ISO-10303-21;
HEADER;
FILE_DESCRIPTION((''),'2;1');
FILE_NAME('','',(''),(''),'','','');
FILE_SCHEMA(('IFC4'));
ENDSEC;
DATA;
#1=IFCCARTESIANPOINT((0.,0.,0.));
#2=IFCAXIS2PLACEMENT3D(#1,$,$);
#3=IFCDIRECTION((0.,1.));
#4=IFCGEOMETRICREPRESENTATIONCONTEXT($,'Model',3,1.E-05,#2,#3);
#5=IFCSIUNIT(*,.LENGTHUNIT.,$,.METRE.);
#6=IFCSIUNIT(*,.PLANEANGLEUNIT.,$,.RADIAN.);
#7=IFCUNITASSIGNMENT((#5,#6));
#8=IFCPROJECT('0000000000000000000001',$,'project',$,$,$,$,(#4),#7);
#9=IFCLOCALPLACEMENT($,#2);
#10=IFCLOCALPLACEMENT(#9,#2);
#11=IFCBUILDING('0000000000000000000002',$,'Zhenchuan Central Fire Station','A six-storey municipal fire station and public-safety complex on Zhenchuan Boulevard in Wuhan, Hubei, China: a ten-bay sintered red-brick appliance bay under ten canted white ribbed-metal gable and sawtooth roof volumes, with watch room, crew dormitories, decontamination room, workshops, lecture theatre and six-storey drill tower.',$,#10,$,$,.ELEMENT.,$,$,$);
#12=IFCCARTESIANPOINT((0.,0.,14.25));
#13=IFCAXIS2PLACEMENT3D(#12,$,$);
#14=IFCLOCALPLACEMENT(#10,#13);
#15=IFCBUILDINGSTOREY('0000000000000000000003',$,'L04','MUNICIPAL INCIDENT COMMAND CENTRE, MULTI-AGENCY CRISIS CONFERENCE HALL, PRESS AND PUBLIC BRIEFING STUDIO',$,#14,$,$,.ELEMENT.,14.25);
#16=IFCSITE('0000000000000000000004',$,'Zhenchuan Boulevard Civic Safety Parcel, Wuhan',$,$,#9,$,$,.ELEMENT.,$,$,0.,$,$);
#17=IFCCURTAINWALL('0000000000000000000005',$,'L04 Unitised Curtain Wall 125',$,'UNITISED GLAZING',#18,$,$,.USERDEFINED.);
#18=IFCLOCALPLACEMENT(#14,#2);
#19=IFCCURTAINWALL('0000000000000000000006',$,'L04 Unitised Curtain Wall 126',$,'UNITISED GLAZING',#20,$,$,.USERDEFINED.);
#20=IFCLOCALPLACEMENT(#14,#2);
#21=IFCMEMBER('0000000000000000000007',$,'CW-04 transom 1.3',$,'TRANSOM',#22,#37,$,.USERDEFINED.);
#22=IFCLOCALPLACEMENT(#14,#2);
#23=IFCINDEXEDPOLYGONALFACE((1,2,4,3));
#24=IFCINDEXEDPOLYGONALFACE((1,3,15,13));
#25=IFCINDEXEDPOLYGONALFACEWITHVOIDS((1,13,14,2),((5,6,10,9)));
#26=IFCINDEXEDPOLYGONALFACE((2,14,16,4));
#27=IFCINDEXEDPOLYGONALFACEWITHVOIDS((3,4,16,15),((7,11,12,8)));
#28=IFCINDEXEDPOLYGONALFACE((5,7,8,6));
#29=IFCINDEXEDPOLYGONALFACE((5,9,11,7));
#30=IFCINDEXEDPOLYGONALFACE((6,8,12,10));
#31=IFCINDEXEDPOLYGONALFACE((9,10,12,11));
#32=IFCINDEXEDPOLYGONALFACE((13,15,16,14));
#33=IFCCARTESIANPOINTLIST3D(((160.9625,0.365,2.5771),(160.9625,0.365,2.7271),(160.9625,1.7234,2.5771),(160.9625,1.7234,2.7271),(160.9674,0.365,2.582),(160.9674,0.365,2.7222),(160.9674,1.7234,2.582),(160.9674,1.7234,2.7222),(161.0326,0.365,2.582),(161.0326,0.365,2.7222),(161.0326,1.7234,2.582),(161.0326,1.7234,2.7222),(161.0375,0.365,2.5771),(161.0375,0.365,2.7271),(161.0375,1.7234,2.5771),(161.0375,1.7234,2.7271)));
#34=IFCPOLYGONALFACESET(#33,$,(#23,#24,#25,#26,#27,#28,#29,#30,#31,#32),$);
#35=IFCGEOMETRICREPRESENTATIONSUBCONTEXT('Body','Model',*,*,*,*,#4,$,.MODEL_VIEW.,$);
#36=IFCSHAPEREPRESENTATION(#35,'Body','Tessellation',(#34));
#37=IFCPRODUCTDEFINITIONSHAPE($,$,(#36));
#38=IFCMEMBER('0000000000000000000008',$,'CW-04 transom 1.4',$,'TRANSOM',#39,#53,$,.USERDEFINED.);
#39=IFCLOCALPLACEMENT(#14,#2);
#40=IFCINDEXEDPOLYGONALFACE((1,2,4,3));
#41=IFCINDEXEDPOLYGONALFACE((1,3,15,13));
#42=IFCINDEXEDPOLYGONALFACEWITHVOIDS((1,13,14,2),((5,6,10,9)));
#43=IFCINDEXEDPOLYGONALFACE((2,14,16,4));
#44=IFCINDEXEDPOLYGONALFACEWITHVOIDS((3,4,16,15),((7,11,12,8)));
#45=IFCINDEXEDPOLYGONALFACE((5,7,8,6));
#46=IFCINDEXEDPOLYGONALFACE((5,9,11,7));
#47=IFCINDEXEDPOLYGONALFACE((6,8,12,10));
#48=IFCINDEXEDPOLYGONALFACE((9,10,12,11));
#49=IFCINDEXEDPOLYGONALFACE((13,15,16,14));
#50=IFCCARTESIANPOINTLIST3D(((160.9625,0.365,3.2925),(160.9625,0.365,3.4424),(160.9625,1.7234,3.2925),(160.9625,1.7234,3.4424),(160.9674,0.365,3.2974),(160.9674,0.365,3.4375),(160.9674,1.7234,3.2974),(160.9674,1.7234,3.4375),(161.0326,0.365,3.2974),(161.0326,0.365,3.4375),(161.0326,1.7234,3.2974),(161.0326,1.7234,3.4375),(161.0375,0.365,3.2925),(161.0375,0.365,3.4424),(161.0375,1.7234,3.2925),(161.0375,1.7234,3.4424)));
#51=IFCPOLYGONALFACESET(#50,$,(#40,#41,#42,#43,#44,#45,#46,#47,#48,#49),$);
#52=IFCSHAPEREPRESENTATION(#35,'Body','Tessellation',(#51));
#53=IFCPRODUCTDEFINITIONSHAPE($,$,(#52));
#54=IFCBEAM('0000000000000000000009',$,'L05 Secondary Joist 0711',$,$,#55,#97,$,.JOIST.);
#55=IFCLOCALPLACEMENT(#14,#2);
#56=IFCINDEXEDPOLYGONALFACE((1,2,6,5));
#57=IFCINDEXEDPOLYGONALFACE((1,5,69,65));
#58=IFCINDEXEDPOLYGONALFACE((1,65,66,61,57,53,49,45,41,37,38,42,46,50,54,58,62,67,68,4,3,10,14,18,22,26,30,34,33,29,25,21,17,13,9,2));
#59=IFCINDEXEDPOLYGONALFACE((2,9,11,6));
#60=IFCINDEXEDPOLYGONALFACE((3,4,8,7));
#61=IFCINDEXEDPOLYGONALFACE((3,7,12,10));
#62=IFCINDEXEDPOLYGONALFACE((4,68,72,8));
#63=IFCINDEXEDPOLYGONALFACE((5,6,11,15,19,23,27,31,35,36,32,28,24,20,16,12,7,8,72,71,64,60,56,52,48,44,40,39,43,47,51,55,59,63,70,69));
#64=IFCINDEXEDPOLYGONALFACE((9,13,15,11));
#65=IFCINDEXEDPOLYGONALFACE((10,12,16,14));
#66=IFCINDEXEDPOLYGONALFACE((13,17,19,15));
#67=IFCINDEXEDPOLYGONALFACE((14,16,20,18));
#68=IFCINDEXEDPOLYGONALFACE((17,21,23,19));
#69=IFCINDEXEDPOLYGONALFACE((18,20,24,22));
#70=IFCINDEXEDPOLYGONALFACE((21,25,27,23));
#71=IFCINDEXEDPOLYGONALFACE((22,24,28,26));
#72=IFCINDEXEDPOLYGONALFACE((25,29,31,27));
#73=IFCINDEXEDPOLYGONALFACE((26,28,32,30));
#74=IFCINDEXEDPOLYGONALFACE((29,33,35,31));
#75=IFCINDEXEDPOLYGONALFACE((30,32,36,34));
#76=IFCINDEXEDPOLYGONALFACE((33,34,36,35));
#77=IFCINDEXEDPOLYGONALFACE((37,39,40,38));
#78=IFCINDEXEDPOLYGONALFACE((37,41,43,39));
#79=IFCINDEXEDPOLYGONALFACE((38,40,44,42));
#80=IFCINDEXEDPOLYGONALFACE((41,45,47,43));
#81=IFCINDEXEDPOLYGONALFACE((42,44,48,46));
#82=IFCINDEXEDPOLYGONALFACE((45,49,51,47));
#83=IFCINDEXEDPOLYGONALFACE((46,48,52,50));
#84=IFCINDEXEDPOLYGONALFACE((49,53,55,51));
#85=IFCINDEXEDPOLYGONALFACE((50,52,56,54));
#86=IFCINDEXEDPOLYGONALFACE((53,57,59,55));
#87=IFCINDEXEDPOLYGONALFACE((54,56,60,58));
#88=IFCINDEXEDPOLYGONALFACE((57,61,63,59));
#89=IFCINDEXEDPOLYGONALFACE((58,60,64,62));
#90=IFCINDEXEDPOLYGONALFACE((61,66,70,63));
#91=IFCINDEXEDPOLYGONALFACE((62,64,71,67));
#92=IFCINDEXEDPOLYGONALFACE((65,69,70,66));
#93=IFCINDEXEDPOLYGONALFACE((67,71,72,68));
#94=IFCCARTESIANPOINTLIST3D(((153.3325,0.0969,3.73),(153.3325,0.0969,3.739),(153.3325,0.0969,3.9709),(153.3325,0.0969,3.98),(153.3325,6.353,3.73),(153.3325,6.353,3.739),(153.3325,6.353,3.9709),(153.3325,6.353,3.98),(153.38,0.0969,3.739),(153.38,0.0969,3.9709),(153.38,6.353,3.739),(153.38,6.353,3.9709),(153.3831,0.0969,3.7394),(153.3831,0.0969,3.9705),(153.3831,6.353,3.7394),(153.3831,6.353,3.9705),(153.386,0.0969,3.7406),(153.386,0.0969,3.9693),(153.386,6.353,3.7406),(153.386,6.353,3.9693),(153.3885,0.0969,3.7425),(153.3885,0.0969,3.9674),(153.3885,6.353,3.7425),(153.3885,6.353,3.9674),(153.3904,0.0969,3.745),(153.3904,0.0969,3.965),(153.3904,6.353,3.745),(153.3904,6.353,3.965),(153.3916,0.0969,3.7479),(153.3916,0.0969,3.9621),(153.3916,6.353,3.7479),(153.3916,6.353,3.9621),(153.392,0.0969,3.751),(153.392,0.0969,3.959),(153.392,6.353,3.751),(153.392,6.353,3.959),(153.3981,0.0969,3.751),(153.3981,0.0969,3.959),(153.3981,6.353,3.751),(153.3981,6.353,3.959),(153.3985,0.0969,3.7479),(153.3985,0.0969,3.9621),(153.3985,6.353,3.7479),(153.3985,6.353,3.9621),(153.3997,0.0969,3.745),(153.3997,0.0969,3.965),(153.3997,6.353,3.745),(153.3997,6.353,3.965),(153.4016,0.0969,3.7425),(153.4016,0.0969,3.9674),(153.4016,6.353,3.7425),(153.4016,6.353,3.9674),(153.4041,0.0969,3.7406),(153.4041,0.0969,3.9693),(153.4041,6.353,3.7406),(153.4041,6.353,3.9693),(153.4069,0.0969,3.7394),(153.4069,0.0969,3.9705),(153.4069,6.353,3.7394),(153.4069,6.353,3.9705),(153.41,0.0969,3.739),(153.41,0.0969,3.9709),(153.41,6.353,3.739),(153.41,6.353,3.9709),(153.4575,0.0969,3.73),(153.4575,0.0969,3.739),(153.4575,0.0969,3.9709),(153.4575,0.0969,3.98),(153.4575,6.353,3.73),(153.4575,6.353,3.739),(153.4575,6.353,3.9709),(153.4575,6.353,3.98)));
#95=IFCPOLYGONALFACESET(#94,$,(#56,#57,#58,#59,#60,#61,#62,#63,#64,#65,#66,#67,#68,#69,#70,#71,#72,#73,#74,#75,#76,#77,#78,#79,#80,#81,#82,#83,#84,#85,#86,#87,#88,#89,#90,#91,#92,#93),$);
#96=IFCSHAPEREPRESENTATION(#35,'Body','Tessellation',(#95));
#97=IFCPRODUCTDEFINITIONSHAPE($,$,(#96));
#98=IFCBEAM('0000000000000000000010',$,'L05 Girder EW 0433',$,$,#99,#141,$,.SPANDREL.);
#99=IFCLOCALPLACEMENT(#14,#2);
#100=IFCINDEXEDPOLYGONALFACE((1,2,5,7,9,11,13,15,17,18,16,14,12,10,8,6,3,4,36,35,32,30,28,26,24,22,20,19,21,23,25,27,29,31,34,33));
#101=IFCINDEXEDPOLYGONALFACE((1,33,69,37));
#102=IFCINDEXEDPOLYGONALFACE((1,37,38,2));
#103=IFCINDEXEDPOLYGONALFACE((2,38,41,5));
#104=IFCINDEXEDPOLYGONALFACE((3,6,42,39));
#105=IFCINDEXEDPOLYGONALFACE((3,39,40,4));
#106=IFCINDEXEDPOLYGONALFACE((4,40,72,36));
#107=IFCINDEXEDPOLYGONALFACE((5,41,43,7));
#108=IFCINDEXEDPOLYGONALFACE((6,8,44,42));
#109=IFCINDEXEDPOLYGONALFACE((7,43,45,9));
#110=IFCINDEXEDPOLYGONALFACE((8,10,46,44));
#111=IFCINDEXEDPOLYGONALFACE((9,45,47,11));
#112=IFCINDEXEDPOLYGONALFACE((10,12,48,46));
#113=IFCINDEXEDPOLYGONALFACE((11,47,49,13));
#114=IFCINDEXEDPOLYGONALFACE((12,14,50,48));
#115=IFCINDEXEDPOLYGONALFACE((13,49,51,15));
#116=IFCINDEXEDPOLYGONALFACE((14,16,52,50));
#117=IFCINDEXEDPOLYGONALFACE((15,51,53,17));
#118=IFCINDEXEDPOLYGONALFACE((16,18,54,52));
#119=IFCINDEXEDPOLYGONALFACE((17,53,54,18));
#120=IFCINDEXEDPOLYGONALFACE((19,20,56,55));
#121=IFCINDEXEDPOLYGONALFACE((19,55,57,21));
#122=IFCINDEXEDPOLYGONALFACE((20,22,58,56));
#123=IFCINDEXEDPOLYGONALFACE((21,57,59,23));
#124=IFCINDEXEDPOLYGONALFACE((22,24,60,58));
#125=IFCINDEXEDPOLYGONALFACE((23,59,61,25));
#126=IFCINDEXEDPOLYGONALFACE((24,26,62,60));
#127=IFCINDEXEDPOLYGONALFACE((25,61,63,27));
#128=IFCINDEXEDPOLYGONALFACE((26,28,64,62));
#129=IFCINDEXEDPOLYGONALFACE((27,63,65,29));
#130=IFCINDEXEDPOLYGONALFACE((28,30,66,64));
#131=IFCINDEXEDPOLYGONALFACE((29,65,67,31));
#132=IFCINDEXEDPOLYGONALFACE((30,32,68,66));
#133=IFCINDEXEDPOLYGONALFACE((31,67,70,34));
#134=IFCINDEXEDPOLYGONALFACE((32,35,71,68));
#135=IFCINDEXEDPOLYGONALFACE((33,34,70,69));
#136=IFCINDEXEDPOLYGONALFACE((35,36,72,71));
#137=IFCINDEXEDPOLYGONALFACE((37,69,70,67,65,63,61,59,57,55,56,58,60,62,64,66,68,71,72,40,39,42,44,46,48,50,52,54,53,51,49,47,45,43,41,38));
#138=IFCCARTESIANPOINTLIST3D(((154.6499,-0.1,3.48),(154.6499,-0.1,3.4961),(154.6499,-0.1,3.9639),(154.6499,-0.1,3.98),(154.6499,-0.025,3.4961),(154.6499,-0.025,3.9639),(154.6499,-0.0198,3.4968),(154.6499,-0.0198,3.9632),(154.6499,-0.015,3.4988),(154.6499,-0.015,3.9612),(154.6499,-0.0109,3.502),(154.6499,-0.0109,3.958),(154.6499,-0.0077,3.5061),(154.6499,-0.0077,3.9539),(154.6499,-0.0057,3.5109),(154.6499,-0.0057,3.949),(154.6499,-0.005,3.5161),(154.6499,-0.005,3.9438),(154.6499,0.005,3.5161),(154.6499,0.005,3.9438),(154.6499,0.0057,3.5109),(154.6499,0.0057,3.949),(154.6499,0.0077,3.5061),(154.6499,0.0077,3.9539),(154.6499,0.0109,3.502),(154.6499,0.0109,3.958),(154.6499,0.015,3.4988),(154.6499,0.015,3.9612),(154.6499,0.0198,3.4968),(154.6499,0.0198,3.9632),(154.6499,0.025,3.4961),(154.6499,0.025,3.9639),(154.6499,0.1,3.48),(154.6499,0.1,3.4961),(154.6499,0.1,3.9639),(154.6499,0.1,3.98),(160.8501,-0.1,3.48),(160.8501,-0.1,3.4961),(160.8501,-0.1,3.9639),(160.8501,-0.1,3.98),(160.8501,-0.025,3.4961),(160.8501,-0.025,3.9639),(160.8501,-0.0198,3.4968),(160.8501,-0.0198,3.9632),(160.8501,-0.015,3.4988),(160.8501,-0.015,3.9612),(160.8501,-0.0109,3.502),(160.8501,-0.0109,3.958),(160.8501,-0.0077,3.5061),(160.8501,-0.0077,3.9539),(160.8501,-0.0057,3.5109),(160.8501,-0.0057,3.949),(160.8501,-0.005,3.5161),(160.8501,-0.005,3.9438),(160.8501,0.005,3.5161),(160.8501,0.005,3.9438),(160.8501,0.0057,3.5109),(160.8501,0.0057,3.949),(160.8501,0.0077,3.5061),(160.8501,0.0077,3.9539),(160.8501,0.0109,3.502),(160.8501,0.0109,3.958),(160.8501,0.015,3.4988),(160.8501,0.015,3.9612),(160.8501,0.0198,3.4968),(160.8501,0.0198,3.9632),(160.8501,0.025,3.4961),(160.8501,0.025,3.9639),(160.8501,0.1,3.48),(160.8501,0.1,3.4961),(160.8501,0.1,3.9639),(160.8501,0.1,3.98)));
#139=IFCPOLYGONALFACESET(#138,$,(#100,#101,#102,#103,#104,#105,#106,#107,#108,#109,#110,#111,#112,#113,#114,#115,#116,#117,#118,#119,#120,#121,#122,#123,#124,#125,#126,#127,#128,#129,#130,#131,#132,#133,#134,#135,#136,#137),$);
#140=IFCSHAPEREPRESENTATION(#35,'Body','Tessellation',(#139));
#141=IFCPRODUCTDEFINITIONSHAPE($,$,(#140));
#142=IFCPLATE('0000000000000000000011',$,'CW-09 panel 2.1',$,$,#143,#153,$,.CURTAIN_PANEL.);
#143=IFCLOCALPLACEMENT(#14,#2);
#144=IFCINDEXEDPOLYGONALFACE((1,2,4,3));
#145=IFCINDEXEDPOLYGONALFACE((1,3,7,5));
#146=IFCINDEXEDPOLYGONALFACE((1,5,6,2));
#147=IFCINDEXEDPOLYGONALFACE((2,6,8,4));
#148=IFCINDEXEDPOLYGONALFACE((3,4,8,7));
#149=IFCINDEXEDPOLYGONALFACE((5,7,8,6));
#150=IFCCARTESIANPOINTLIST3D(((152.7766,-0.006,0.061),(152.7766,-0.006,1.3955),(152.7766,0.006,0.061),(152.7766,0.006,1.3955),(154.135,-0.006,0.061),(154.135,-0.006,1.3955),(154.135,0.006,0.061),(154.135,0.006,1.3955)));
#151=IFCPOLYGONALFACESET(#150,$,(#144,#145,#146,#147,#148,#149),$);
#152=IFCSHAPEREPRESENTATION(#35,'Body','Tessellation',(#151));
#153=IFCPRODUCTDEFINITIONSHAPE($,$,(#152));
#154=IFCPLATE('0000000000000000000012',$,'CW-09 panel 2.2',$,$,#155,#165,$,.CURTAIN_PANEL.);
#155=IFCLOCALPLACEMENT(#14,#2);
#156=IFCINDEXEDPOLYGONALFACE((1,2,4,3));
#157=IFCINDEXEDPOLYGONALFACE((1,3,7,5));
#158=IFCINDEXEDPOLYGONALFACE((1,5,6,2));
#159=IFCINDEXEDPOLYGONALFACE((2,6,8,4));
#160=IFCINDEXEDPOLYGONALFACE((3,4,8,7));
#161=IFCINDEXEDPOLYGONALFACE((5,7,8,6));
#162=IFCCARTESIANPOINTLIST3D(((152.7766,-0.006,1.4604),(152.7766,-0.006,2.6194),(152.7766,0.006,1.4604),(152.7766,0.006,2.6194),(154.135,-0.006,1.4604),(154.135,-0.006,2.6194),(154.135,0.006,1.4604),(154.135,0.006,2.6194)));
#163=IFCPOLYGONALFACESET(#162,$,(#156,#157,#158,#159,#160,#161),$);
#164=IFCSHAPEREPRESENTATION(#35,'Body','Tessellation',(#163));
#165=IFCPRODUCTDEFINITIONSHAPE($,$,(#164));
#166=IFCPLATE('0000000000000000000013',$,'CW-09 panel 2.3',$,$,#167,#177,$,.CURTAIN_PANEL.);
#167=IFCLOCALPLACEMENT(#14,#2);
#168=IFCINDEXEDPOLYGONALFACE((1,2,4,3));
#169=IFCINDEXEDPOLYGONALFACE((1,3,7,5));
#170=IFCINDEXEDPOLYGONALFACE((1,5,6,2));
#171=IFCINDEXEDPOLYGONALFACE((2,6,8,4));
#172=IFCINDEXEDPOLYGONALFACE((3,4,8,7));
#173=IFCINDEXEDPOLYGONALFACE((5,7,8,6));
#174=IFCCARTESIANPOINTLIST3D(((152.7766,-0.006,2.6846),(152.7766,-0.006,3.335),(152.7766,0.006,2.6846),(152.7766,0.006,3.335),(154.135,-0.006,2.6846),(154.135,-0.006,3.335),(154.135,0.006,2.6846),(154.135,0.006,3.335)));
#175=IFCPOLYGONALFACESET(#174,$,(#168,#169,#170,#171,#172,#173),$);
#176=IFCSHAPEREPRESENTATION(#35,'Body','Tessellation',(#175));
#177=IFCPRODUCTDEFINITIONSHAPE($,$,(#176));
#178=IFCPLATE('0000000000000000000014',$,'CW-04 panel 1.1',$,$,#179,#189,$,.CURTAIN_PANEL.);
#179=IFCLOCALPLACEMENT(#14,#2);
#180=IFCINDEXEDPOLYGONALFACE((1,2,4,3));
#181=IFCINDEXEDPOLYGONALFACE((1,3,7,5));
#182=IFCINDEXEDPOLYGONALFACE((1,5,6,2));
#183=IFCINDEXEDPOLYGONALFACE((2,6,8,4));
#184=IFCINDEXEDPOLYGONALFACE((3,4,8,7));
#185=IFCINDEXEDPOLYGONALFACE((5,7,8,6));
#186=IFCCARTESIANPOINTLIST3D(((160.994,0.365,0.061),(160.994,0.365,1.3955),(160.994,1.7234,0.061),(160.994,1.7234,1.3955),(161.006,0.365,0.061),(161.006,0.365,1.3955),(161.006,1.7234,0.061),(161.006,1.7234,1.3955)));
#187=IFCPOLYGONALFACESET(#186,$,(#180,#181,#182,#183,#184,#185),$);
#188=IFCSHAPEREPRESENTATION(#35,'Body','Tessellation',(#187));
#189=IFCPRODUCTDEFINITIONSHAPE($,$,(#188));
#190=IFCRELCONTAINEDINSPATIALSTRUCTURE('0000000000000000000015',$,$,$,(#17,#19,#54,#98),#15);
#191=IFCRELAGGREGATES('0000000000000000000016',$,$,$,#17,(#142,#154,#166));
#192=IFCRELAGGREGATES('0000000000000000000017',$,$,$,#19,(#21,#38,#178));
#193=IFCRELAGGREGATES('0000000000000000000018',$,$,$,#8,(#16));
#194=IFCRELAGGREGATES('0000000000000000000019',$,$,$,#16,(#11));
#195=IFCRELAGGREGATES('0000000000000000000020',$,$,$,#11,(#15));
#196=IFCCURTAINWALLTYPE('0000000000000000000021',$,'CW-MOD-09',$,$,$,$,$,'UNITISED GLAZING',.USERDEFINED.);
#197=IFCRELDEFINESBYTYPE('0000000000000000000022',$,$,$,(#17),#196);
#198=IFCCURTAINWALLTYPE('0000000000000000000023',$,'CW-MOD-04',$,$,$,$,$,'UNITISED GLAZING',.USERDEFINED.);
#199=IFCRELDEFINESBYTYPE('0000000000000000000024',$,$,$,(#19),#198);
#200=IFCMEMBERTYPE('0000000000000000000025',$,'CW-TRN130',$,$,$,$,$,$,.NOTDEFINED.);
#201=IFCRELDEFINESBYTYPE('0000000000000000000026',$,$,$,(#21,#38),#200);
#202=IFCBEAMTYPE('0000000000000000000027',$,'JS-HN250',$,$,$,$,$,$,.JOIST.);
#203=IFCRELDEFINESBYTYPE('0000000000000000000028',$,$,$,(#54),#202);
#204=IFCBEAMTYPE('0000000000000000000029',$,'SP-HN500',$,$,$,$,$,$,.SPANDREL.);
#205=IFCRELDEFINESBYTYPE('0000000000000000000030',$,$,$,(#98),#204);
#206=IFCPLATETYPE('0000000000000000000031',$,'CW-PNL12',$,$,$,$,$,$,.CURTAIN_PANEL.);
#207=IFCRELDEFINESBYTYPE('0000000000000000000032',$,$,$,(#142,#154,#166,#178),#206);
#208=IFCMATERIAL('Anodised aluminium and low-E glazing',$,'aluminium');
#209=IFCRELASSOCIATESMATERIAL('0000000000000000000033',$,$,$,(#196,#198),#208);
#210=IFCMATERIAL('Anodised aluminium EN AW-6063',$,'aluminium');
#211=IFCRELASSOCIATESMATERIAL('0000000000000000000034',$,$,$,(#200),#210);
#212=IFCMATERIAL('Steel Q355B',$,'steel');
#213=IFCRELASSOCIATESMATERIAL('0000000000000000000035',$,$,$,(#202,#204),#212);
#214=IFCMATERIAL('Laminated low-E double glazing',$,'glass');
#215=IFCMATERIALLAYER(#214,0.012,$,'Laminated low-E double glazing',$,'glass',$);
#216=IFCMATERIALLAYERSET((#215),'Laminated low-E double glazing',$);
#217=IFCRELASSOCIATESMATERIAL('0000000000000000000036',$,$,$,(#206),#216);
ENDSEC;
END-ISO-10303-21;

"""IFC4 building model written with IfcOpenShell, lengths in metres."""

from ifc_helpers import new_model, si_unit, direction, frame, origin, origin_2d, place, context, subcontext, project, spatial, rectangle, hollow_rectangle, i_section, extrude, material, layer, layer_set, material_profile, profile_set, type_object, element, aggregate, save


model = new_model("IFC4")

# Units and contexts
model_context = context("Model", 3, precision=1e-05, world=origin(), true_north=direction((0.0, 1.0)))
body_context = subcontext(model_context, "Body", "Model", "MODEL_VIEW")
ifc_project = project(units=[si_unit("LENGTHUNIT", "METRE"), si_unit("PLANEANGLEUNIT", "RADIAN")], contexts=[model_context])

# Site, building, storey
site_placement = place(None, origin())
site = spatial("IfcSite", under=ifc_project, at=site_placement, Name="Zhenchuan Boulevard Civic Safety Parcel, Wuhan", CompositionType="ELEMENT", RefElevation=0.0)
building_placement = place(site_placement, origin())
building = spatial("IfcBuilding", under=site, at=building_placement, Name="Zhenchuan Central Fire Station", Description="A six-storey municipal fire station and public-safety complex on Zhenchuan Boulevard in Wuhan, Hubei, China: a ten-bay sintered red-brick appliance bay under ten canted white ribbed-metal gable and sawtooth roof volumes, with watch room, crew dormitories, decontamination room, workshops, lecture theatre and six-storey drill tower.", CompositionType="ELEMENT")
storey_placement = place(building_placement, frame((0.0, 0.0, 14.25)))
storey = spatial("IfcBuildingStorey", under=building, at=storey_placement, Name="L04", Description="MUNICIPAL INCIDENT COMMAND CENTRE, MULTI-AGENCY CRISIS CONFERENCE HALL, PRESS AND PUBLIC BRIEFING STUDIO", CompositionType="ELEMENT", Elevation=14.25)

# Shared definitions
ifc_material_1 = material(Name="Steel Q355B", Category="steel")

# Curtain wall
ifc_material_2 = material(Name="Anodised aluminium and low-E glazing", Category="aluminium")
curtain_wall_type_1 = type_object("IfcCurtainWallType", Name="CW-MOD-09", ElementType="UNITISED GLAZING", PredefinedType="USERDEFINED", material=ifc_material_2)
curtain_wall_1_placement = place(storey_placement, origin())
curtain_wall_1 = element("IfcCurtainWall", 1, at=curtain_wall_1_placement, inside=storey, type_object=curtain_wall_type_1, Name="L04 Unitised Curtain Wall 125", ObjectType="UNITISED GLAZING", PredefinedType="USERDEFINED")
ifc_material_3 = material(Name="Anodised aluminium EN AW-6063", Category="aluminium")

# Curtain wall
curtain_wall_type_2 = type_object("IfcCurtainWallType", Name="CW-MOD-04", ElementType="UNITISED GLAZING", PredefinedType="USERDEFINED", material=ifc_material_2)
curtain_wall_2_placement = place(storey_placement, origin())
curtain_wall_2 = element("IfcCurtainWall", 2, at=curtain_wall_2_placement, inside=storey, type_object=curtain_wall_type_2, Name="L04 Unitised Curtain Wall 126", ObjectType="UNITISED GLAZING", PredefinedType="USERDEFINED")

# Members
ifc_material_profile_1 = material_profile(ifc_material_3, hollow_rectangle(XDim=0.075, YDim=0.1499, WallThickness=0.0049, at=origin_2d()), Name="ALU-T 150x75")
ifc_profile_set_1 = profile_set([ifc_material_profile_1], Name="Anodised aluminium EN AW-6063")
member_type_1 = type_object("IfcMemberType", Name="CW-TRN130", PredefinedType="NOTDEFINED", material=ifc_profile_set_1)
member_1_placement = place(storey_placement, frame((161.0, 0.365, 2.6521), z_axis=(0.0, 1.0, 0.0), x_axis=(-1.0, 0.0, 0.0)))
member_1 = element("IfcMember", 3, at=member_1_placement, type_object=member_type_1, Name="CW-04 transom 1.3", ObjectType="TRANSOM", PredefinedType="USERDEFINED", context=body_context, shape_type="SweptSolid", body=[
    extrude(hollow_rectangle(XDim=0.075, YDim=0.1499, WallThickness=0.0049, at=origin_2d()), origin(), (0.0, 0.0, 1.0), 1.3584),
])
member_2_placement = place(storey_placement, frame((161.0, 0.365, 3.3674), z_axis=(0.0, 1.0, 0.0), x_axis=(-1.0, 0.0, 0.0)))
member_2 = element("IfcMember", 4, at=member_2_placement, type_object=member_type_1, Name="CW-04 transom 1.4", ObjectType="TRANSOM", PredefinedType="USERDEFINED", context=body_context, shape_type="SweptSolid", body=[
    extrude(hollow_rectangle(XDim=0.075, YDim=0.1499, WallThickness=0.0049, at=origin_2d()), origin(), (0.0, 0.0, 1.0), 1.3584),
])

# Beams
ifc_material_profile_2 = material_profile(ifc_material_1, i_section(OverallWidth=0.125, OverallDepth=0.25, WebThickness=0.0061, FlangeThickness=0.009, FilletRadius=0.012, at=origin_2d()), Name="HN 250x125")
ifc_profile_set_2 = profile_set([ifc_material_profile_2], Name="Steel Q355B")
beam_type_1 = type_object("IfcBeamType", Name="JS-HN250", PredefinedType="JOIST", material=ifc_profile_set_2)
beam_1_placement = place(storey_placement, frame((153.395, 0.0969, 3.855), z_axis=(0.0, 1.0, 0.0), x_axis=(-1.0, 0.0, 0.0)))
element("IfcBeam", 5, at=beam_1_placement, inside=storey, type_object=beam_type_1, Name="L05 Secondary Joist 0711", PredefinedType="JOIST", context=body_context, shape_type="SweptSolid", body=[
    extrude(i_section(OverallWidth=0.125, OverallDepth=0.25, WebThickness=0.0061, FlangeThickness=0.009, FilletRadius=0.012, at=origin_2d()), origin(), (0.0, 0.0, 1.0), 6.2561),
])
ifc_material_profile_3 = material_profile(ifc_material_1, i_section(OverallWidth=0.2, OverallDepth=0.5, WebThickness=0.01, FlangeThickness=0.0161, FilletRadius=0.02, at=origin_2d()), Name="HN 500x200")
ifc_profile_set_3 = profile_set([ifc_material_profile_3], Name="Steel Q355B")
beam_type_2 = type_object("IfcBeamType", Name="SP-HN500", PredefinedType="SPANDREL", material=ifc_profile_set_3)
beam_2_placement = place(storey_placement, frame((154.6499, 0.0, 3.73), z_axis=(1.0, 0.0, 0.0), x_axis=(0.0, 1.0, 0.0)))
element("IfcBeam", 6, at=beam_2_placement, inside=storey, type_object=beam_type_2, Name="L05 Girder EW 0433", PredefinedType="SPANDREL", context=body_context, shape_type="SweptSolid", body=[
    extrude(i_section(OverallWidth=0.2, OverallDepth=0.5, WebThickness=0.01, FlangeThickness=0.0161, FilletRadius=0.02, at=origin_2d()), origin(), (0.0, 0.0, 1.0), 6.2002),
])

# Plates
ifc_material_4 = material(Name="Laminated low-E double glazing", Category="glass")
ifc_layer_1 = layer(ifc_material_4, 0.012, Name="Laminated low-E double glazing", Category="glass")
ifc_layer_set_1 = layer_set([ifc_layer_1], Name="Laminated low-E double glazing")
plate_type = type_object("IfcPlateType", Name="CW-PNL12", PredefinedType="CURTAIN_PANEL", material=ifc_layer_set_1)
plate_1_placement = place(storey_placement, frame((153.4558, 0.0, 0.061), z_axis=(0.0, 0.0, 1.0), x_axis=(1.0, 0.0, 0.0)))
plate_1 = element("IfcPlate", 7, at=plate_1_placement, type_object=plate_type, Name="CW-09 panel 2.1", PredefinedType="CURTAIN_PANEL", context=body_context, shape_type="SweptSolid", body=[
    extrude(rectangle(XDim=1.3584, YDim=0.012, at=origin_2d()), origin(), (0.0, 0.0, 1.0), 1.3345),
])
plate_2_placement = place(storey_placement, frame((153.4558, 0.0, 1.4604), z_axis=(0.0, 0.0, 1.0), x_axis=(1.0, 0.0, 0.0)))
plate_2 = element("IfcPlate", 8, at=plate_2_placement, type_object=plate_type, Name="CW-09 panel 2.2", PredefinedType="CURTAIN_PANEL", context=body_context, shape_type="SweptSolid", body=[
    extrude(rectangle(XDim=1.3584, YDim=0.012, at=origin_2d()), origin(), (0.0, 0.0, 1.0), 1.1589),
])
plate_3_placement = place(storey_placement, frame((153.4558, 0.0, 2.6846), z_axis=(0.0, 0.0, 1.0), x_axis=(1.0, 0.0, 0.0)))
plate_3 = element("IfcPlate", 9, at=plate_3_placement, type_object=plate_type, Name="CW-09 panel 2.3", PredefinedType="CURTAIN_PANEL", context=body_context, shape_type="SweptSolid", body=[
    extrude(rectangle(XDim=1.3584, YDim=0.012, at=origin_2d()), origin(), (0.0, 0.0, 1.0), 0.6504),
])
aggregate(curtain_wall_1, [plate_1, plate_2, plate_3])
plate_4_placement = place(storey_placement, frame((161.0, 1.0442, 0.061), z_axis=(0.0, 0.0, 1.0), x_axis=(0.0, 1.0, 0.0)))
plate_4 = element("IfcPlate", 10, at=plate_4_placement, type_object=plate_type, Name="CW-04 panel 1.1", PredefinedType="CURTAIN_PANEL", context=body_context, shape_type="SweptSolid", body=[
    extrude(rectangle(XDim=1.3584, YDim=0.012, at=origin_2d()), origin(), (0.0, 0.0, 1.0), 1.3345),
])
aggregate(curtain_wall_2, [member_1, member_2, plate_4])

save(model, "model.ifc")
